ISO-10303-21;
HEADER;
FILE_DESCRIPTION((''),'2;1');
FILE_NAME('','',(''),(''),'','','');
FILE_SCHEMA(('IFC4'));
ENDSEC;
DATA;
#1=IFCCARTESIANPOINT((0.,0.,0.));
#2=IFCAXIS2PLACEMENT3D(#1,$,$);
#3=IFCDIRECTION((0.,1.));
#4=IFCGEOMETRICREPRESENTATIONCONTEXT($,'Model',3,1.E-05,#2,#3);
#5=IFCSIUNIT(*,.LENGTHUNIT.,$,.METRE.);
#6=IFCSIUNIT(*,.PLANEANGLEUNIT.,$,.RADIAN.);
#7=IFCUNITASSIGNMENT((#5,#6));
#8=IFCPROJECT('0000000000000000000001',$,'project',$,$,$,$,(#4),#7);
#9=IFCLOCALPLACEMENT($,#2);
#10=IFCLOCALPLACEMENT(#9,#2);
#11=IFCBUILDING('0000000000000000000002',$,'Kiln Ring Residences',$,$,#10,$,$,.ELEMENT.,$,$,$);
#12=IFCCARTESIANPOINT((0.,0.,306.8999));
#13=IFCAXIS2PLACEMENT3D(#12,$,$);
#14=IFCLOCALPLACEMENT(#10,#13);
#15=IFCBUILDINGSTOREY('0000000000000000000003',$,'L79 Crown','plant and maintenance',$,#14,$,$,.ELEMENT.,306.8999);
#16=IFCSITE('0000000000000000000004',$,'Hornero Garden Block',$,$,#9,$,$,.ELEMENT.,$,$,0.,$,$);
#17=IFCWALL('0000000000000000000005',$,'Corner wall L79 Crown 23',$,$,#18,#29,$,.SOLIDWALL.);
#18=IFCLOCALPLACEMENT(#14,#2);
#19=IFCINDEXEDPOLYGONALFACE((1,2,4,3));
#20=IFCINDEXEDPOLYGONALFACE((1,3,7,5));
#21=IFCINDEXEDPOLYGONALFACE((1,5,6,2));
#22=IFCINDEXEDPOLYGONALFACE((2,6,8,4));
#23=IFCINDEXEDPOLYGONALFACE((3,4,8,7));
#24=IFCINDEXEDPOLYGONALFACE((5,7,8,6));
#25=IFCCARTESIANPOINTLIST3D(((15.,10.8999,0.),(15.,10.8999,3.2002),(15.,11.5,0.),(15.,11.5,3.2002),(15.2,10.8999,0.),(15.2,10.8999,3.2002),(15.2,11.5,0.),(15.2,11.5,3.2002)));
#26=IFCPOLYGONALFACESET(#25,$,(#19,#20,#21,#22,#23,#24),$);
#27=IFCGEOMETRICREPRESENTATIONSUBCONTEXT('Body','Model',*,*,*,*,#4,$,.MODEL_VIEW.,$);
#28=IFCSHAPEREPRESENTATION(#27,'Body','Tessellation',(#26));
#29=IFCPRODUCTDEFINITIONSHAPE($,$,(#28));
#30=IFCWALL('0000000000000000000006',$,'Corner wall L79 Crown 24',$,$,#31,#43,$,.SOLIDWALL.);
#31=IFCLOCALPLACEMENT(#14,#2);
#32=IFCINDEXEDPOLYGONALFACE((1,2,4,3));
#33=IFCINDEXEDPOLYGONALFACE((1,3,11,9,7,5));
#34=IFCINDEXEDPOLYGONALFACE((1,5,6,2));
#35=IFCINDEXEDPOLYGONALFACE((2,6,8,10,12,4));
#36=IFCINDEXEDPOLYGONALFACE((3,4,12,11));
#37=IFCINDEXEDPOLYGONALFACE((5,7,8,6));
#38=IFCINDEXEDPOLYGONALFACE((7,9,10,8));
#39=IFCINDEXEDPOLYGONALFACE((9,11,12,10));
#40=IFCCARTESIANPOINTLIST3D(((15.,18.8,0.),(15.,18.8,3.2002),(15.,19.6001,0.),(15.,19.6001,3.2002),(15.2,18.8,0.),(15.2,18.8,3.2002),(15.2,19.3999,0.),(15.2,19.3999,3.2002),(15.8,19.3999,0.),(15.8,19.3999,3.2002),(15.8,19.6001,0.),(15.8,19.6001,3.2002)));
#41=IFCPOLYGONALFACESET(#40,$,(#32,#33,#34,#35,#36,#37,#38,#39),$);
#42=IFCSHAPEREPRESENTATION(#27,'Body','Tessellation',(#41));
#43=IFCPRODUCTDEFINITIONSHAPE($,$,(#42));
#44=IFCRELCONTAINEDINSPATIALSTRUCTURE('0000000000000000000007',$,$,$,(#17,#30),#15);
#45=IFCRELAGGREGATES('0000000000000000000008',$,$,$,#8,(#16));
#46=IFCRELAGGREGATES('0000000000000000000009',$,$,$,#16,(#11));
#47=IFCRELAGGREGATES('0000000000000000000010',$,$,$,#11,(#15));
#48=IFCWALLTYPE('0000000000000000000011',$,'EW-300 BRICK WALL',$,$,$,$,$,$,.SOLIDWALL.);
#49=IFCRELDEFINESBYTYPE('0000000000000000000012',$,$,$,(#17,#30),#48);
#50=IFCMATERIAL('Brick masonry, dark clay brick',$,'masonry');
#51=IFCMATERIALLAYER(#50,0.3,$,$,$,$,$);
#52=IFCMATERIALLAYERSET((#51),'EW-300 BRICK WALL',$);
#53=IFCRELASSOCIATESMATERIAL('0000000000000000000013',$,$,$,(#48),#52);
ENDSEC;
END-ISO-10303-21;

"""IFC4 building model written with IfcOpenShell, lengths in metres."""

from ifc_helpers import new_model, si_unit, direction, frame, origin, place, context, subcontext, project, spatial, polyline, outline, extrude, material, layer, layer_set, type_object, element, save


model = new_model("IFC4")

# Units and contexts
model_context = context("Model", 3, precision=1e-05, world=origin(), true_north=direction((0.0, 1.0)))
body_context = subcontext(model_context, "Body", "Model", "MODEL_VIEW")
ifc_project = project(units=[si_unit("LENGTHUNIT", "METRE"), si_unit("PLANEANGLEUNIT", "RADIAN")], contexts=[model_context])

# Site, building, storey
site_placement = place(None, origin())
site = spatial("IfcSite", under=ifc_project, at=site_placement, Name="Hornero Garden Block", CompositionType="ELEMENT", RefElevation=0.0)
building_placement = place(site_placement, origin())
building = spatial("IfcBuilding", under=site, at=building_placement, Name="Kiln Ring Residences", CompositionType="ELEMENT")
storey_placement = place(building_placement, frame((0.0, 0.0, 306.8999)))
storey = spatial("IfcBuildingStorey", under=building, at=storey_placement, Name="L79 Crown", Description="plant and maintenance", CompositionType="ELEMENT", Elevation=306.8999)

# Walls
ifc_material_1 = material(Name="Brick masonry, dark clay brick", Category="masonry")
ifc_layer_1 = layer(ifc_material_1, 0.3)
ifc_layer_set_1 = layer_set([ifc_layer_1], Name="EW-300 BRICK WALL")
wall_type_1 = type_object("IfcWallType", Name="EW-300 BRICK WALL", PredefinedType="SOLIDWALL", material=ifc_layer_set_1)
placement = place(storey_placement, origin())
element("IfcWall", 1, at=placement, inside=storey, type_object=wall_type_1, Name="Corner wall L79 Crown 23", PredefinedType="SOLIDWALL", context=body_context, shape_type="SweptSolid", body=[
    extrude(outline(polyline([(15.2, 11.5), (15.0, 11.5), (15.0, 10.8999), (15.2, 10.8999), (15.2, 11.5)])), origin(), (0.0, 0.0, 1.0), 3.2002),
])
element("IfcWall", 2, at=placement, inside=storey, type_object=wall_type_1, Name="Corner wall L79 Crown 24", PredefinedType="SOLIDWALL", context=body_context, shape_type="SweptSolid", body=[
    extrude(outline(polyline([(15.8, 19.6001), (15.0, 19.6001), (15.0, 18.8), (15.2, 18.8), (15.2, 19.3999), (15.8, 19.3999), (15.8, 19.6001)])), origin(), (0.0, 0.0, 1.0), 3.2002),
])

save(model, "model.ifc")
